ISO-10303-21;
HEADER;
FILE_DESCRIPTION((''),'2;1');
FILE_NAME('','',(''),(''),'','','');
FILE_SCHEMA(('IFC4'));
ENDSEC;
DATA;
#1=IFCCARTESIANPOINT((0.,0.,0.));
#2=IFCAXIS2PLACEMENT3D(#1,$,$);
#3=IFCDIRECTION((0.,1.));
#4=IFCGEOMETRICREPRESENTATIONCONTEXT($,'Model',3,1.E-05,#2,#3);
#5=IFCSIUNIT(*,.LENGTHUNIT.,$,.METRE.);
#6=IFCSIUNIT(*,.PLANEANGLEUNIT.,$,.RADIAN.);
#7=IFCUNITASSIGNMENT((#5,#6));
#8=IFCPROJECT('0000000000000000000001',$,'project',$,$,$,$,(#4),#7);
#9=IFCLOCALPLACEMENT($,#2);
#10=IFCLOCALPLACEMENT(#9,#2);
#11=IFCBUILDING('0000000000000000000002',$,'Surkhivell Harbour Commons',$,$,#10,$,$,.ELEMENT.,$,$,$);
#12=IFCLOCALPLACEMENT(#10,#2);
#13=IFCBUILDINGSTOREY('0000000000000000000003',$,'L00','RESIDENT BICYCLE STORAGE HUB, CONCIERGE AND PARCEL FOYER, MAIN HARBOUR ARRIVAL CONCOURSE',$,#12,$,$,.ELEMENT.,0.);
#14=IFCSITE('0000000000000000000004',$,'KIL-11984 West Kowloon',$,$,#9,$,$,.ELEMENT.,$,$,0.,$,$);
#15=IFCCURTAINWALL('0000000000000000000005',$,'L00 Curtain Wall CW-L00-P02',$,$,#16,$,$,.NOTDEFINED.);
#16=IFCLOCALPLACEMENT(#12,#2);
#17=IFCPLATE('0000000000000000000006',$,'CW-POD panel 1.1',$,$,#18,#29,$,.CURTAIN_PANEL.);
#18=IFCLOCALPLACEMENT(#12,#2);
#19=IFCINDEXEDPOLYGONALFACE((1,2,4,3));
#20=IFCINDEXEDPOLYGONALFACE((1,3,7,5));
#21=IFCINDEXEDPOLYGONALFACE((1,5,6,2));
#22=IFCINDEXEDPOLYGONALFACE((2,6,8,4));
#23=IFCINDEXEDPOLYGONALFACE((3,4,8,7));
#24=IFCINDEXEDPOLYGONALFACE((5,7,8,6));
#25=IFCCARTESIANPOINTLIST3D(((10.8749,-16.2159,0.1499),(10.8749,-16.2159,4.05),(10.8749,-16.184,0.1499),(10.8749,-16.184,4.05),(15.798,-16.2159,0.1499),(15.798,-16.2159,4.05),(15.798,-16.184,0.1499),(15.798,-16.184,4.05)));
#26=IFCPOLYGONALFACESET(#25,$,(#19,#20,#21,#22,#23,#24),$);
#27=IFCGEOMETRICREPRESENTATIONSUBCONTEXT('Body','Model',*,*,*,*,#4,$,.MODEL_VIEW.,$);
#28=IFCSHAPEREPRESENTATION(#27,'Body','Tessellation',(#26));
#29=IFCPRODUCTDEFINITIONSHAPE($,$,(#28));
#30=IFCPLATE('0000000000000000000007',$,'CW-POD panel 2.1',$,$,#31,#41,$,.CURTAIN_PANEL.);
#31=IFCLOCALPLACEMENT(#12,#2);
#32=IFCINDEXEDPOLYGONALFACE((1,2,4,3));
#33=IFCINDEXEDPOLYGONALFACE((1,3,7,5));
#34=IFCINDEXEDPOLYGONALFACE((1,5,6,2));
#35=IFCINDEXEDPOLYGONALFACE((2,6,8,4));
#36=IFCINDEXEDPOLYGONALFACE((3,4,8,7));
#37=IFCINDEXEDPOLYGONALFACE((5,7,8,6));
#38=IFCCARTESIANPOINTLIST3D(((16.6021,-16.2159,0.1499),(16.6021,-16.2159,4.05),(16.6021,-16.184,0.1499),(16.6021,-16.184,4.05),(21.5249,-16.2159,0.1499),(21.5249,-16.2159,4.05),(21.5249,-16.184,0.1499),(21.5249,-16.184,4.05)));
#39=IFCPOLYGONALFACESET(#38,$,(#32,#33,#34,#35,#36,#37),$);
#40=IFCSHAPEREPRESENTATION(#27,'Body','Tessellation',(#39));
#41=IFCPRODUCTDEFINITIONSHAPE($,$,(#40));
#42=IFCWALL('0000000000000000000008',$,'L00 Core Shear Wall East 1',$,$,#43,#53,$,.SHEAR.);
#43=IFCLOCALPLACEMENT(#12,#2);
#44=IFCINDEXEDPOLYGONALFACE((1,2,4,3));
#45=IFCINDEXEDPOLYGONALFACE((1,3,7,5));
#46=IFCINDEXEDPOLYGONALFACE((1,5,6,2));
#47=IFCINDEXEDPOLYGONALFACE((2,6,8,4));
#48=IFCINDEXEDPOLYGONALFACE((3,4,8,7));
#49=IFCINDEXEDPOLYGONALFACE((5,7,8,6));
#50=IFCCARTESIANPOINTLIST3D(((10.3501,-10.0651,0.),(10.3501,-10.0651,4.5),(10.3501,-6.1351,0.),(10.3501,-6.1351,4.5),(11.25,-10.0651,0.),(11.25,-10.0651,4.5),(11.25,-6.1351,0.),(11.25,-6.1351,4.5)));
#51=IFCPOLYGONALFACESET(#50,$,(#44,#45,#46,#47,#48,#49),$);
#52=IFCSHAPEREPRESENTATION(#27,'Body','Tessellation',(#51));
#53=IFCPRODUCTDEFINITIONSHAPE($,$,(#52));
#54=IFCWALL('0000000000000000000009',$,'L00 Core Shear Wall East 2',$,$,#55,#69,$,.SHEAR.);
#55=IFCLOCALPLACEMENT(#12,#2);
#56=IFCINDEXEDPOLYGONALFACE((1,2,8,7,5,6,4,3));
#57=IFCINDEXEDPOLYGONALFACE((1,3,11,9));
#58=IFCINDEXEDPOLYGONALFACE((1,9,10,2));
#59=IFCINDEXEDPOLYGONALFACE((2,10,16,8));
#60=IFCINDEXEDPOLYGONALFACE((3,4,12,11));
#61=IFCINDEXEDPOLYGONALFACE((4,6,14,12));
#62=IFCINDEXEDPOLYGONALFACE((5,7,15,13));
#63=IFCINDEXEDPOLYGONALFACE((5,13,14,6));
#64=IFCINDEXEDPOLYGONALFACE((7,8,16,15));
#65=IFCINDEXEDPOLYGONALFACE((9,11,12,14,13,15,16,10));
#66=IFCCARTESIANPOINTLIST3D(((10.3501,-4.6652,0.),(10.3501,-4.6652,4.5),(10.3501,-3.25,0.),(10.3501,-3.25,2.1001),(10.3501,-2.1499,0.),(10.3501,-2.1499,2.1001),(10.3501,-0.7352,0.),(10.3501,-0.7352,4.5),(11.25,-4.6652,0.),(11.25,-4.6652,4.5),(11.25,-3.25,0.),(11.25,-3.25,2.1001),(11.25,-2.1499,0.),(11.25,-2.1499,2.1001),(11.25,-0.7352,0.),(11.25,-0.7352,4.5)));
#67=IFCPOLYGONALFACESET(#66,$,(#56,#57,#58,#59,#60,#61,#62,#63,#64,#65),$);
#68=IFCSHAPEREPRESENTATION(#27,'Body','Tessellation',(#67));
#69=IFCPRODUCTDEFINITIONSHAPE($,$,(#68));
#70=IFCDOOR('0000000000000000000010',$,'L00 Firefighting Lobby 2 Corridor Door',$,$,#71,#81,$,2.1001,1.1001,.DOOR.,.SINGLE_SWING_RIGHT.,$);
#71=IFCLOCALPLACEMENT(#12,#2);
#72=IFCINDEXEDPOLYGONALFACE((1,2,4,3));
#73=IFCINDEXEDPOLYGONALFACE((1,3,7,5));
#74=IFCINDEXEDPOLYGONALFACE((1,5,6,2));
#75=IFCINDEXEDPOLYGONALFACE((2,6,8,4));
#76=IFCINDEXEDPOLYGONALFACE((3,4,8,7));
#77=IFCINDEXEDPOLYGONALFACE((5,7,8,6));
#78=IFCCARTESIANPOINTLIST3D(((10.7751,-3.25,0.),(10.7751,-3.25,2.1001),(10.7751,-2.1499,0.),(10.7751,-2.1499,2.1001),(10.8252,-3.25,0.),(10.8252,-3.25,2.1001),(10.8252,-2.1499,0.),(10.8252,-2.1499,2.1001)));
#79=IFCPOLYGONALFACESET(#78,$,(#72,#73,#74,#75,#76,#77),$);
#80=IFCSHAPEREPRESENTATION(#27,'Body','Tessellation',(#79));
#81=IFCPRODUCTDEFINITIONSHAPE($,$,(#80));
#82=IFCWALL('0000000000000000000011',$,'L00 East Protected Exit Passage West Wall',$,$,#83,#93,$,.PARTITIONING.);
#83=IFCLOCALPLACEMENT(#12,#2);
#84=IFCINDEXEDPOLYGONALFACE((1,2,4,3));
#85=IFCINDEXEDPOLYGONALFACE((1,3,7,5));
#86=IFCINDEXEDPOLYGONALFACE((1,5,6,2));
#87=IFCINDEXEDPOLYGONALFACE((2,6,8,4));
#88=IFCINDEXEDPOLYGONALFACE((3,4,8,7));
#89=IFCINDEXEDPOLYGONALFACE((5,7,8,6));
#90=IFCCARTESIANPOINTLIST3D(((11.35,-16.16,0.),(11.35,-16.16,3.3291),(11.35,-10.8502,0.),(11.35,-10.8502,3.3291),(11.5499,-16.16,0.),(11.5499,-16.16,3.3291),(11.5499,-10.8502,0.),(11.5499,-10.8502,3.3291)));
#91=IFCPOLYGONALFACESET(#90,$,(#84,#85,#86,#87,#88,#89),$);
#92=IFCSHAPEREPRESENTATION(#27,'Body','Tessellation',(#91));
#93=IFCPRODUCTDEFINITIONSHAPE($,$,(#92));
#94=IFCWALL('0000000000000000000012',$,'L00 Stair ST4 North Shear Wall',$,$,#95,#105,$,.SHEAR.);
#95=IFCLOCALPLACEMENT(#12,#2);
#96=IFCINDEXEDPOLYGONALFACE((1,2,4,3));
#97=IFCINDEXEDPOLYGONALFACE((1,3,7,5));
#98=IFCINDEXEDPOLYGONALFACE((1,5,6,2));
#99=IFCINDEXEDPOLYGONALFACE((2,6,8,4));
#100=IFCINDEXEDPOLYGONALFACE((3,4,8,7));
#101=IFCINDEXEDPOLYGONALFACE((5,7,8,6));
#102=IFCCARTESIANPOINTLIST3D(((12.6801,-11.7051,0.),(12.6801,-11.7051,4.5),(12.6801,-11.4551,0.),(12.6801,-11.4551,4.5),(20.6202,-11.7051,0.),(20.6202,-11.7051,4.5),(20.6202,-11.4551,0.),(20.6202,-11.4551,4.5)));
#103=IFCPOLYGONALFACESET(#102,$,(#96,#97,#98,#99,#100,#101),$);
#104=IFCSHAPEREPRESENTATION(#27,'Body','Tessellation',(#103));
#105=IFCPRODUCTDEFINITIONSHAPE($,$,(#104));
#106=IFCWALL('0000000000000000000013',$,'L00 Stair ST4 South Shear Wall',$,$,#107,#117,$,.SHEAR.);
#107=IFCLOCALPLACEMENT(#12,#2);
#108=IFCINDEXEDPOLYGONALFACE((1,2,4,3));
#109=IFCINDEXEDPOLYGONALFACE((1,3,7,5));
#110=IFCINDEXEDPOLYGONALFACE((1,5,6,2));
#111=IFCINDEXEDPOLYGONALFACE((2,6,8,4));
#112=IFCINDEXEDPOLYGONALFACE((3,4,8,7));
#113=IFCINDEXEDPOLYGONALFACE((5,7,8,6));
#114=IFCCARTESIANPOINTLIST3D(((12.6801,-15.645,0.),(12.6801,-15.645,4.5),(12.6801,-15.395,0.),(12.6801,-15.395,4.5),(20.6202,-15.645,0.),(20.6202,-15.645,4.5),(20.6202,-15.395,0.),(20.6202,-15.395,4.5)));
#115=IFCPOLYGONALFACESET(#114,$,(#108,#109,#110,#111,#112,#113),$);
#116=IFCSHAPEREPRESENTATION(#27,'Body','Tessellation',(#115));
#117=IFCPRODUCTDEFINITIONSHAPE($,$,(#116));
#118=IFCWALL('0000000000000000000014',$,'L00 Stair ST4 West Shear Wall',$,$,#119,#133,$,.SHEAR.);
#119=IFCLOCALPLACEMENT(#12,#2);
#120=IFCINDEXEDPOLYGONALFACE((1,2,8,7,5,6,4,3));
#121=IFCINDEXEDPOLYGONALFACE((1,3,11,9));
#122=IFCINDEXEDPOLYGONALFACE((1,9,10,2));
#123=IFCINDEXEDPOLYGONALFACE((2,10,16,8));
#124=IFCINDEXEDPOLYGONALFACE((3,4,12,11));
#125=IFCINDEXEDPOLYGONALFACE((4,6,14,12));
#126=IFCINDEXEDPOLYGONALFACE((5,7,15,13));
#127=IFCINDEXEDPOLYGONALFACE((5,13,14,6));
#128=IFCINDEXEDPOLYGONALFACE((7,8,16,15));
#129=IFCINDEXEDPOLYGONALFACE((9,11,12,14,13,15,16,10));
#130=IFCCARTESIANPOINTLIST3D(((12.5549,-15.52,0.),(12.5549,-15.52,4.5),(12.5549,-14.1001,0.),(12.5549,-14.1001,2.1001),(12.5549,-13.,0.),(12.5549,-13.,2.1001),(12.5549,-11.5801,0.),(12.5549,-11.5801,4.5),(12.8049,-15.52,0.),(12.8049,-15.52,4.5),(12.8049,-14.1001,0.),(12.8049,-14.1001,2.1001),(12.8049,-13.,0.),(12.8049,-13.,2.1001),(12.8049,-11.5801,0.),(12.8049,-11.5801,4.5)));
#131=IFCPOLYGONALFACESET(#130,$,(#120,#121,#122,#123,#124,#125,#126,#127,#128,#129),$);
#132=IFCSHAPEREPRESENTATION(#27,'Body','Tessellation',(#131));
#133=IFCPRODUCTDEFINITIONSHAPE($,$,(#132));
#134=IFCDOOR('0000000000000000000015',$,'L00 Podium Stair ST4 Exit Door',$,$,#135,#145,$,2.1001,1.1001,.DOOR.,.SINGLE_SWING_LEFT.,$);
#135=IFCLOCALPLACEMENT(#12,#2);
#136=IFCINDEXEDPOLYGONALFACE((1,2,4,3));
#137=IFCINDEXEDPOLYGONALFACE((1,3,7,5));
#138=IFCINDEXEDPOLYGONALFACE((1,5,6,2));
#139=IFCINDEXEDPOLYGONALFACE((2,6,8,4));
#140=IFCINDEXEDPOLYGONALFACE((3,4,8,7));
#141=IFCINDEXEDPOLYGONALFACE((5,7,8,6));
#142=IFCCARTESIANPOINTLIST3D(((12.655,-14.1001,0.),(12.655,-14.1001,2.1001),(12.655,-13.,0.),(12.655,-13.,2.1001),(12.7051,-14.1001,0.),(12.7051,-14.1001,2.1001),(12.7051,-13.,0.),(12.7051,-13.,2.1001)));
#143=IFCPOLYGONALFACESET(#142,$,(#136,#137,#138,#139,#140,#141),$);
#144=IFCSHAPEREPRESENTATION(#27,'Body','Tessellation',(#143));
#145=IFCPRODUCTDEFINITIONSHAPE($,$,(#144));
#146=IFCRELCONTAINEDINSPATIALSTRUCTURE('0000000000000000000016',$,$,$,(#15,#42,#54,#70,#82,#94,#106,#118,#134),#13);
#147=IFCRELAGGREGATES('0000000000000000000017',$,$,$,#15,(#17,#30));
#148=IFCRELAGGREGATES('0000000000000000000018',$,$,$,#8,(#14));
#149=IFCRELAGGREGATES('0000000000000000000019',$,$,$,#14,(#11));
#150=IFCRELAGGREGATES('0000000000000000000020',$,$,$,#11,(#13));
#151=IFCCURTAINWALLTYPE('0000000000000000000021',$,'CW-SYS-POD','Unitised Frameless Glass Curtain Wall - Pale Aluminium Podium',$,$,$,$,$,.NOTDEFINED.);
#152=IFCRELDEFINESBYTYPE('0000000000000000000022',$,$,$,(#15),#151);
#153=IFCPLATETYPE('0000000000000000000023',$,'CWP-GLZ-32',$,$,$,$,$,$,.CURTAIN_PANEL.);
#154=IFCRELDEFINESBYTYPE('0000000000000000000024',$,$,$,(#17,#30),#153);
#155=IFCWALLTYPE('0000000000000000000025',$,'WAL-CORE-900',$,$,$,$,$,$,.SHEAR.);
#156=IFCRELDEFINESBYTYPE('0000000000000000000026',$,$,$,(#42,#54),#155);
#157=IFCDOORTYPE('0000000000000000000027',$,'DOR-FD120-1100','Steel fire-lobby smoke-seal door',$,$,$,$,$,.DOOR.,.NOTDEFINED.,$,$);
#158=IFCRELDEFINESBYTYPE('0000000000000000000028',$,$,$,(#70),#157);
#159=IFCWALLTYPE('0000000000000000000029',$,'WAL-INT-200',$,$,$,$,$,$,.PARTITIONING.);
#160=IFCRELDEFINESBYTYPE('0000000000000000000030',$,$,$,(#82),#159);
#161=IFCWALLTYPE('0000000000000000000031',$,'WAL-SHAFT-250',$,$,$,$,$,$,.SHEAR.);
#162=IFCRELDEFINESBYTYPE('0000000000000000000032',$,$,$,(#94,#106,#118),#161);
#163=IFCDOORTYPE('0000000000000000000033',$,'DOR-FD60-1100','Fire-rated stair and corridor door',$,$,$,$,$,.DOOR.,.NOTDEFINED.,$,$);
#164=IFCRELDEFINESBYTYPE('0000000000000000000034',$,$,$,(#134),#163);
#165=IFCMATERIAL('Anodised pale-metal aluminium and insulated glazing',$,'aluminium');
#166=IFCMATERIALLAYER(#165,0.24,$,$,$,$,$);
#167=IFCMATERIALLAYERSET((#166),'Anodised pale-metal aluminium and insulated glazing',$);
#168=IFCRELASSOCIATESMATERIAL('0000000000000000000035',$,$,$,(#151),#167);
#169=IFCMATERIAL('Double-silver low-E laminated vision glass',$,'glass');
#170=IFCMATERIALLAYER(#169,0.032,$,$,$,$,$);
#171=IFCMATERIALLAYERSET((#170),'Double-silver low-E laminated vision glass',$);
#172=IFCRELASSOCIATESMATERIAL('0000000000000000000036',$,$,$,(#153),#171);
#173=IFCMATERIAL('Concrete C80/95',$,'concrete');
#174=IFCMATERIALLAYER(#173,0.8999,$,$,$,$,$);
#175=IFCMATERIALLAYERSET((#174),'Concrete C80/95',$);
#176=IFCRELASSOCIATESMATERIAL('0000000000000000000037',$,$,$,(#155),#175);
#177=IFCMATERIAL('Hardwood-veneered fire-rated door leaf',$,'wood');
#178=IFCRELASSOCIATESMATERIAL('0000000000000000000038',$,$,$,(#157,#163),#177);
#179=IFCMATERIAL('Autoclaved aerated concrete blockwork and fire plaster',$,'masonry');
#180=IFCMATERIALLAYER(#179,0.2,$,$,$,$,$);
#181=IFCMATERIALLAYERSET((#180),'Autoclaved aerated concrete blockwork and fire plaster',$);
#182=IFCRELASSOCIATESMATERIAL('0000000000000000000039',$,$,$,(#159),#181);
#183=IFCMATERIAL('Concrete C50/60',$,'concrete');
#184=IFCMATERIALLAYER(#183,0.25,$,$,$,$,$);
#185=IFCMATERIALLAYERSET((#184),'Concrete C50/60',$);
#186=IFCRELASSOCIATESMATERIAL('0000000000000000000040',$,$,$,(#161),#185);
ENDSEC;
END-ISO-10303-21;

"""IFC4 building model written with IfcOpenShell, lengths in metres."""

from ifc_helpers import new_model, si_unit, direction, frame, frame_2d, origin, place, context, subcontext, project, spatial, rectangle, extrude, material, layer, layer_set, type_object, element, fill, aggregate, save


model = new_model("IFC4")

# Units and contexts
model_context = context("Model", 3, precision=1e-05, world=origin(), true_north=direction((0.0, 1.0)))
body_context = subcontext(model_context, "Body", "Model", "MODEL_VIEW")
ifc_project = project(units=[si_unit("LENGTHUNIT", "METRE"), si_unit("PLANEANGLEUNIT", "RADIAN")], contexts=[model_context])

# Site, building, storey
site_placement = place(None, origin())
site = spatial("IfcSite", under=ifc_project, at=site_placement, Name="KIL-11984 West Kowloon", CompositionType="ELEMENT", RefElevation=0.0)
building_placement = place(site_placement, origin())
building = spatial("IfcBuilding", under=site, at=building_placement, Name="Surkhivell Harbour Commons", CompositionType="ELEMENT")
storey_placement = place(building_placement, origin())
storey = spatial("IfcBuildingStorey", under=building, at=storey_placement, Name="L00", Description="RESIDENT BICYCLE STORAGE HUB, CONCIERGE AND PARCEL FOYER, MAIN HARBOUR ARRIVAL CONCOURSE", CompositionType="ELEMENT", Elevation=0.0)

# Shared definitions
ifc_material_1 = material(Name="Concrete C80/95", Category="concrete")
ifc_material_2 = material(Name="Concrete C50/60", Category="concrete")

# Curtain wall, plates
ifc_material_3 = material(Name="Anodised pale-metal aluminium and insulated glazing", Category="aluminium")
ifc_layer_1 = layer(ifc_material_3, 0.24)
ifc_layer_set_1 = layer_set([ifc_layer_1], Name="Anodised pale-metal aluminium and insulated glazing")
curtain_wall_type = type_object("IfcCurtainWallType", Name="CW-SYS-POD", Description="Unitised Frameless Glass Curtain Wall - Pale Aluminium Podium", PredefinedType="NOTDEFINED", material=ifc_layer_set_1)
curtain_wall_placement = place(storey_placement, origin())
curtain_wall = element("IfcCurtainWall", 1, at=curtain_wall_placement, inside=storey, type_object=curtain_wall_type, Name="L00 Curtain Wall CW-L00-P02", PredefinedType="NOTDEFINED")
ifc_material_4 = material(Name="Double-silver low-E laminated vision glass", Category="glass")
ifc_layer_2 = layer(ifc_material_4, 0.032)
ifc_layer_set_2 = layer_set([ifc_layer_2], Name="Double-silver low-E laminated vision glass")
plate_type = type_object("IfcPlateType", Name="CWP-GLZ-32", PredefinedType="CURTAIN_PANEL", material=ifc_layer_set_2)
plate_1_placement = place(storey_placement, frame((10.875, -16.2, 0.1499), z_axis=(0.0, 0.0, 1.0), x_axis=(1.0, 0.0, 0.0)))
plate_1 = element("IfcPlate", 2, at=plate_1_placement, type_object=plate_type, Name="CW-POD panel 1.1", PredefinedType="CURTAIN_PANEL", context=body_context, shape_type="SweptSolid", body=[
    extrude(rectangle(XDim=4.9231, YDim=0.032, at=frame_2d((2.4614, 0.0))), origin(), (0.0, 0.0, 1.0), 3.9001),
])
plate_2_placement = place(storey_placement, frame((16.6021, -16.2, 0.1499), z_axis=(0.0, 0.0, 1.0), x_axis=(1.0, 0.0, 0.0)))
plate_2 = element("IfcPlate", 3, at=plate_2_placement, type_object=plate_type, Name="CW-POD panel 2.1", PredefinedType="CURTAIN_PANEL", context=body_context, shape_type="SweptSolid", body=[
    extrude(rectangle(XDim=4.9229, YDim=0.032, at=frame_2d((2.4614, 0.0))), origin(), (0.0, 0.0, 1.0), 3.9001),
])
aggregate(curtain_wall, [plate_1, plate_2])

# Wall
ifc_layer_3 = layer(ifc_material_1, 0.8999)
ifc_layer_set_3 = layer_set([ifc_layer_3], Name="Concrete C80/95")
wall_type_1 = type_object("IfcWallType", Name="WAL-CORE-900", PredefinedType="SHEAR", material=ifc_layer_set_3)
wall_1_placement = place(storey_placement, frame((10.8, -10.0649, 0.0), z_axis=(0.0, 0.0, 1.0), x_axis=(0.0, 1.0, 0.0)))
element("IfcWall", 4, at=wall_1_placement, inside=storey, type_object=wall_type_1, Name="L00 Core Shear Wall East 1", PredefinedType="SHEAR", context=body_context, shape_type="SweptSolid", body=[
    extrude(rectangle(XDim=3.9299, YDim=0.8999, at=frame_2d((1.9648, 0.0))), origin(), (0.0, 0.0, 1.0), 4.5),
])

# Wall, opening, door
wall_2_placement = place(storey_placement, frame((10.8, -4.665, 0.0), z_axis=(0.0, 0.0, 1.0), x_axis=(0.0, 1.0, 0.0)))
wall_2 = element("IfcWall", 5, at=wall_2_placement, inside=storey, type_object=wall_type_1, Name="L00 Core Shear Wall East 2", PredefinedType="SHEAR", context=body_context, shape_type="SweptSolid", body=[
    extrude(rectangle(XDim=3.9299, YDim=0.8999, at=frame_2d((1.9648, 0.0))), origin(), (0.0, 0.0, 1.0), 4.5),
])
opening_1_placement = place(wall_2_placement, frame((1.415, 0.0, 0.0)))
opening_1 = element("IfcOpeningElement", 6, at=opening_1_placement, cuts=wall_2, PredefinedType="OPENING", context=body_context, shape_type="SweptSolid", body=[
    extrude(rectangle(XDim=1.1001, YDim=2.1001, at=frame_2d((0.55, 1.05))), frame((0.0, 0.46, 0.0), z_axis=(0.0, -1.0, 0.0), x_axis=(1.0, 0.0, 0.0)), (0.0, 0.0, 1.0), 0.9199),
])
ifc_material_5 = material(Name="Hardwood-veneered fire-rated door leaf", Category="wood")
door_type_1 = type_object("IfcDoorType", Name="DOR-FD120-1100", Description="Steel fire-lobby smoke-seal door", OperationType="NOTDEFINED", PredefinedType="DOOR", material=ifc_material_5)
door_1_placement = place(opening_1_placement, origin())
door_1 = element("IfcDoor", 7, at=door_1_placement, inside=storey, type_object=door_type_1, Name="L00 Firefighting Lobby 2 Corridor Door", OperationType="SINGLE_SWING_RIGHT", OverallHeight=2.1001, OverallWidth=1.1001, PredefinedType="DOOR", context=body_context, shape_type="SweptSolid", body=[
    extrude(rectangle(XDim=1.1001, YDim=2.1001, at=frame_2d((0.55, 1.05))), frame((0.0, 0.0249, 0.0), z_axis=(0.0, -1.0, 0.0), x_axis=(1.0, 0.0, 0.0)), (0.0, 0.0, 1.0), 0.05),
])
fill(opening_1, door_1)

# Walls
ifc_material_6 = material(Name="Autoclaved aerated concrete blockwork and fire plaster", Category="masonry")
ifc_layer_4 = layer(ifc_material_6, 0.2)
ifc_layer_set_4 = layer_set([ifc_layer_4], Name="Autoclaved aerated concrete blockwork and fire plaster")
wall_type_2 = type_object("IfcWallType", Name="WAL-INT-200", PredefinedType="PARTITIONING", material=ifc_layer_set_4)
wall_3_placement = place(storey_placement, frame((11.45, -16.1599, 0.0), z_axis=(0.0, 0.0, 1.0), x_axis=(0.0, 1.0, 0.0)))
element("IfcWall", 8, at=wall_3_placement, inside=storey, type_object=wall_type_2, Name="L00 East Protected Exit Passage West Wall", PredefinedType="PARTITIONING", context=body_context, shape_type="SweptSolid", body=[
    extrude(rectangle(XDim=5.3098, YDim=0.2, at=frame_2d((2.6548, 0.0))), origin(), (0.0, 0.0, 1.0), 3.3291),
])
ifc_layer_5 = layer(ifc_material_2, 0.25)
ifc_layer_set_5 = layer_set([ifc_layer_5], Name="Concrete C50/60")
wall_type_3 = type_object("IfcWallType", Name="WAL-SHAFT-250", PredefinedType="SHEAR", material=ifc_layer_set_5)
for number, where, z_axis, x_axis, name in (
    (9, (12.6799, -11.5801, 0.0), (0.0, 0.0, 1.0), (1.0, 0.0, 0.0), "L00 Stair ST4 North Shear Wall"),
    (10, (12.6799, -15.52, 0.0), (0.0, 0.0, 1.0), (1.0, 0.0, 0.0), "L00 Stair ST4 South Shear Wall"),
):
    element("IfcWall", number, at=place(storey_placement, frame(where, z_axis=z_axis, x_axis=x_axis)), inside=storey, type_object=wall_type_3, Name=name, PredefinedType="SHEAR", context=body_context, shape_type="SweptSolid", body=[
        extrude(rectangle(XDim=7.9402, YDim=0.25, at=frame_2d((3.9702, 0.0))), origin(), (0.0, 0.0, 1.0), 4.5),
    ])

# Wall, opening, door
wall_4_placement = place(storey_placement, frame((12.6799, -15.52, 0.0), z_axis=(0.0, 0.0, 1.0), x_axis=(0.0, 1.0, 0.0)))
wall_4 = element("IfcWall", 11, at=wall_4_placement, inside=storey, type_object=wall_type_3, Name="L00 Stair ST4 West Shear Wall", PredefinedType="SHEAR", context=body_context, shape_type="SweptSolid", body=[
    extrude(rectangle(XDim=3.9399, YDim=0.25, at=frame_2d((1.97, 0.0))), origin(), (0.0, 0.0, 1.0), 4.5),
])
opening_2_placement = place(wall_4_placement, frame((1.4199, 0.0, 0.0)))
opening_2 = element("IfcOpeningElement", 12, at=opening_2_placement, cuts=wall_4, PredefinedType="OPENING", context=body_context, shape_type="SweptSolid", body=[
    extrude(rectangle(XDim=1.1001, YDim=2.1001, at=frame_2d((0.55, 1.05))), frame((0.0, 0.135, 0.0), z_axis=(0.0, -1.0, 0.0), x_axis=(1.0, 0.0, 0.0)), (0.0, 0.0, 1.0), 0.27),
])
door_type_2 = type_object("IfcDoorType", Name="DOR-FD60-1100", Description="Fire-rated stair and corridor door", OperationType="NOTDEFINED", PredefinedType="DOOR", material=ifc_material_5)
door_2_placement = place(opening_2_placement, origin())
door_2 = element("IfcDoor", 13, at=door_2_placement, inside=storey, type_object=door_type_2, Name="L00 Podium Stair ST4 Exit Door", OperationType="SINGLE_SWING_LEFT", OverallHeight=2.1001, OverallWidth=1.1001, PredefinedType="DOOR", context=body_context, shape_type="SweptSolid", body=[
    extrude(rectangle(XDim=1.1001, YDim=2.1001, at=frame_2d((0.55, 1.05))), frame((0.0, 0.0249, 0.0), z_axis=(0.0, -1.0, 0.0), x_axis=(1.0, 0.0, 0.0)), (0.0, 0.0, 1.0), 0.05),
])
fill(opening_2, door_2)

save(model, "model.ifc")
